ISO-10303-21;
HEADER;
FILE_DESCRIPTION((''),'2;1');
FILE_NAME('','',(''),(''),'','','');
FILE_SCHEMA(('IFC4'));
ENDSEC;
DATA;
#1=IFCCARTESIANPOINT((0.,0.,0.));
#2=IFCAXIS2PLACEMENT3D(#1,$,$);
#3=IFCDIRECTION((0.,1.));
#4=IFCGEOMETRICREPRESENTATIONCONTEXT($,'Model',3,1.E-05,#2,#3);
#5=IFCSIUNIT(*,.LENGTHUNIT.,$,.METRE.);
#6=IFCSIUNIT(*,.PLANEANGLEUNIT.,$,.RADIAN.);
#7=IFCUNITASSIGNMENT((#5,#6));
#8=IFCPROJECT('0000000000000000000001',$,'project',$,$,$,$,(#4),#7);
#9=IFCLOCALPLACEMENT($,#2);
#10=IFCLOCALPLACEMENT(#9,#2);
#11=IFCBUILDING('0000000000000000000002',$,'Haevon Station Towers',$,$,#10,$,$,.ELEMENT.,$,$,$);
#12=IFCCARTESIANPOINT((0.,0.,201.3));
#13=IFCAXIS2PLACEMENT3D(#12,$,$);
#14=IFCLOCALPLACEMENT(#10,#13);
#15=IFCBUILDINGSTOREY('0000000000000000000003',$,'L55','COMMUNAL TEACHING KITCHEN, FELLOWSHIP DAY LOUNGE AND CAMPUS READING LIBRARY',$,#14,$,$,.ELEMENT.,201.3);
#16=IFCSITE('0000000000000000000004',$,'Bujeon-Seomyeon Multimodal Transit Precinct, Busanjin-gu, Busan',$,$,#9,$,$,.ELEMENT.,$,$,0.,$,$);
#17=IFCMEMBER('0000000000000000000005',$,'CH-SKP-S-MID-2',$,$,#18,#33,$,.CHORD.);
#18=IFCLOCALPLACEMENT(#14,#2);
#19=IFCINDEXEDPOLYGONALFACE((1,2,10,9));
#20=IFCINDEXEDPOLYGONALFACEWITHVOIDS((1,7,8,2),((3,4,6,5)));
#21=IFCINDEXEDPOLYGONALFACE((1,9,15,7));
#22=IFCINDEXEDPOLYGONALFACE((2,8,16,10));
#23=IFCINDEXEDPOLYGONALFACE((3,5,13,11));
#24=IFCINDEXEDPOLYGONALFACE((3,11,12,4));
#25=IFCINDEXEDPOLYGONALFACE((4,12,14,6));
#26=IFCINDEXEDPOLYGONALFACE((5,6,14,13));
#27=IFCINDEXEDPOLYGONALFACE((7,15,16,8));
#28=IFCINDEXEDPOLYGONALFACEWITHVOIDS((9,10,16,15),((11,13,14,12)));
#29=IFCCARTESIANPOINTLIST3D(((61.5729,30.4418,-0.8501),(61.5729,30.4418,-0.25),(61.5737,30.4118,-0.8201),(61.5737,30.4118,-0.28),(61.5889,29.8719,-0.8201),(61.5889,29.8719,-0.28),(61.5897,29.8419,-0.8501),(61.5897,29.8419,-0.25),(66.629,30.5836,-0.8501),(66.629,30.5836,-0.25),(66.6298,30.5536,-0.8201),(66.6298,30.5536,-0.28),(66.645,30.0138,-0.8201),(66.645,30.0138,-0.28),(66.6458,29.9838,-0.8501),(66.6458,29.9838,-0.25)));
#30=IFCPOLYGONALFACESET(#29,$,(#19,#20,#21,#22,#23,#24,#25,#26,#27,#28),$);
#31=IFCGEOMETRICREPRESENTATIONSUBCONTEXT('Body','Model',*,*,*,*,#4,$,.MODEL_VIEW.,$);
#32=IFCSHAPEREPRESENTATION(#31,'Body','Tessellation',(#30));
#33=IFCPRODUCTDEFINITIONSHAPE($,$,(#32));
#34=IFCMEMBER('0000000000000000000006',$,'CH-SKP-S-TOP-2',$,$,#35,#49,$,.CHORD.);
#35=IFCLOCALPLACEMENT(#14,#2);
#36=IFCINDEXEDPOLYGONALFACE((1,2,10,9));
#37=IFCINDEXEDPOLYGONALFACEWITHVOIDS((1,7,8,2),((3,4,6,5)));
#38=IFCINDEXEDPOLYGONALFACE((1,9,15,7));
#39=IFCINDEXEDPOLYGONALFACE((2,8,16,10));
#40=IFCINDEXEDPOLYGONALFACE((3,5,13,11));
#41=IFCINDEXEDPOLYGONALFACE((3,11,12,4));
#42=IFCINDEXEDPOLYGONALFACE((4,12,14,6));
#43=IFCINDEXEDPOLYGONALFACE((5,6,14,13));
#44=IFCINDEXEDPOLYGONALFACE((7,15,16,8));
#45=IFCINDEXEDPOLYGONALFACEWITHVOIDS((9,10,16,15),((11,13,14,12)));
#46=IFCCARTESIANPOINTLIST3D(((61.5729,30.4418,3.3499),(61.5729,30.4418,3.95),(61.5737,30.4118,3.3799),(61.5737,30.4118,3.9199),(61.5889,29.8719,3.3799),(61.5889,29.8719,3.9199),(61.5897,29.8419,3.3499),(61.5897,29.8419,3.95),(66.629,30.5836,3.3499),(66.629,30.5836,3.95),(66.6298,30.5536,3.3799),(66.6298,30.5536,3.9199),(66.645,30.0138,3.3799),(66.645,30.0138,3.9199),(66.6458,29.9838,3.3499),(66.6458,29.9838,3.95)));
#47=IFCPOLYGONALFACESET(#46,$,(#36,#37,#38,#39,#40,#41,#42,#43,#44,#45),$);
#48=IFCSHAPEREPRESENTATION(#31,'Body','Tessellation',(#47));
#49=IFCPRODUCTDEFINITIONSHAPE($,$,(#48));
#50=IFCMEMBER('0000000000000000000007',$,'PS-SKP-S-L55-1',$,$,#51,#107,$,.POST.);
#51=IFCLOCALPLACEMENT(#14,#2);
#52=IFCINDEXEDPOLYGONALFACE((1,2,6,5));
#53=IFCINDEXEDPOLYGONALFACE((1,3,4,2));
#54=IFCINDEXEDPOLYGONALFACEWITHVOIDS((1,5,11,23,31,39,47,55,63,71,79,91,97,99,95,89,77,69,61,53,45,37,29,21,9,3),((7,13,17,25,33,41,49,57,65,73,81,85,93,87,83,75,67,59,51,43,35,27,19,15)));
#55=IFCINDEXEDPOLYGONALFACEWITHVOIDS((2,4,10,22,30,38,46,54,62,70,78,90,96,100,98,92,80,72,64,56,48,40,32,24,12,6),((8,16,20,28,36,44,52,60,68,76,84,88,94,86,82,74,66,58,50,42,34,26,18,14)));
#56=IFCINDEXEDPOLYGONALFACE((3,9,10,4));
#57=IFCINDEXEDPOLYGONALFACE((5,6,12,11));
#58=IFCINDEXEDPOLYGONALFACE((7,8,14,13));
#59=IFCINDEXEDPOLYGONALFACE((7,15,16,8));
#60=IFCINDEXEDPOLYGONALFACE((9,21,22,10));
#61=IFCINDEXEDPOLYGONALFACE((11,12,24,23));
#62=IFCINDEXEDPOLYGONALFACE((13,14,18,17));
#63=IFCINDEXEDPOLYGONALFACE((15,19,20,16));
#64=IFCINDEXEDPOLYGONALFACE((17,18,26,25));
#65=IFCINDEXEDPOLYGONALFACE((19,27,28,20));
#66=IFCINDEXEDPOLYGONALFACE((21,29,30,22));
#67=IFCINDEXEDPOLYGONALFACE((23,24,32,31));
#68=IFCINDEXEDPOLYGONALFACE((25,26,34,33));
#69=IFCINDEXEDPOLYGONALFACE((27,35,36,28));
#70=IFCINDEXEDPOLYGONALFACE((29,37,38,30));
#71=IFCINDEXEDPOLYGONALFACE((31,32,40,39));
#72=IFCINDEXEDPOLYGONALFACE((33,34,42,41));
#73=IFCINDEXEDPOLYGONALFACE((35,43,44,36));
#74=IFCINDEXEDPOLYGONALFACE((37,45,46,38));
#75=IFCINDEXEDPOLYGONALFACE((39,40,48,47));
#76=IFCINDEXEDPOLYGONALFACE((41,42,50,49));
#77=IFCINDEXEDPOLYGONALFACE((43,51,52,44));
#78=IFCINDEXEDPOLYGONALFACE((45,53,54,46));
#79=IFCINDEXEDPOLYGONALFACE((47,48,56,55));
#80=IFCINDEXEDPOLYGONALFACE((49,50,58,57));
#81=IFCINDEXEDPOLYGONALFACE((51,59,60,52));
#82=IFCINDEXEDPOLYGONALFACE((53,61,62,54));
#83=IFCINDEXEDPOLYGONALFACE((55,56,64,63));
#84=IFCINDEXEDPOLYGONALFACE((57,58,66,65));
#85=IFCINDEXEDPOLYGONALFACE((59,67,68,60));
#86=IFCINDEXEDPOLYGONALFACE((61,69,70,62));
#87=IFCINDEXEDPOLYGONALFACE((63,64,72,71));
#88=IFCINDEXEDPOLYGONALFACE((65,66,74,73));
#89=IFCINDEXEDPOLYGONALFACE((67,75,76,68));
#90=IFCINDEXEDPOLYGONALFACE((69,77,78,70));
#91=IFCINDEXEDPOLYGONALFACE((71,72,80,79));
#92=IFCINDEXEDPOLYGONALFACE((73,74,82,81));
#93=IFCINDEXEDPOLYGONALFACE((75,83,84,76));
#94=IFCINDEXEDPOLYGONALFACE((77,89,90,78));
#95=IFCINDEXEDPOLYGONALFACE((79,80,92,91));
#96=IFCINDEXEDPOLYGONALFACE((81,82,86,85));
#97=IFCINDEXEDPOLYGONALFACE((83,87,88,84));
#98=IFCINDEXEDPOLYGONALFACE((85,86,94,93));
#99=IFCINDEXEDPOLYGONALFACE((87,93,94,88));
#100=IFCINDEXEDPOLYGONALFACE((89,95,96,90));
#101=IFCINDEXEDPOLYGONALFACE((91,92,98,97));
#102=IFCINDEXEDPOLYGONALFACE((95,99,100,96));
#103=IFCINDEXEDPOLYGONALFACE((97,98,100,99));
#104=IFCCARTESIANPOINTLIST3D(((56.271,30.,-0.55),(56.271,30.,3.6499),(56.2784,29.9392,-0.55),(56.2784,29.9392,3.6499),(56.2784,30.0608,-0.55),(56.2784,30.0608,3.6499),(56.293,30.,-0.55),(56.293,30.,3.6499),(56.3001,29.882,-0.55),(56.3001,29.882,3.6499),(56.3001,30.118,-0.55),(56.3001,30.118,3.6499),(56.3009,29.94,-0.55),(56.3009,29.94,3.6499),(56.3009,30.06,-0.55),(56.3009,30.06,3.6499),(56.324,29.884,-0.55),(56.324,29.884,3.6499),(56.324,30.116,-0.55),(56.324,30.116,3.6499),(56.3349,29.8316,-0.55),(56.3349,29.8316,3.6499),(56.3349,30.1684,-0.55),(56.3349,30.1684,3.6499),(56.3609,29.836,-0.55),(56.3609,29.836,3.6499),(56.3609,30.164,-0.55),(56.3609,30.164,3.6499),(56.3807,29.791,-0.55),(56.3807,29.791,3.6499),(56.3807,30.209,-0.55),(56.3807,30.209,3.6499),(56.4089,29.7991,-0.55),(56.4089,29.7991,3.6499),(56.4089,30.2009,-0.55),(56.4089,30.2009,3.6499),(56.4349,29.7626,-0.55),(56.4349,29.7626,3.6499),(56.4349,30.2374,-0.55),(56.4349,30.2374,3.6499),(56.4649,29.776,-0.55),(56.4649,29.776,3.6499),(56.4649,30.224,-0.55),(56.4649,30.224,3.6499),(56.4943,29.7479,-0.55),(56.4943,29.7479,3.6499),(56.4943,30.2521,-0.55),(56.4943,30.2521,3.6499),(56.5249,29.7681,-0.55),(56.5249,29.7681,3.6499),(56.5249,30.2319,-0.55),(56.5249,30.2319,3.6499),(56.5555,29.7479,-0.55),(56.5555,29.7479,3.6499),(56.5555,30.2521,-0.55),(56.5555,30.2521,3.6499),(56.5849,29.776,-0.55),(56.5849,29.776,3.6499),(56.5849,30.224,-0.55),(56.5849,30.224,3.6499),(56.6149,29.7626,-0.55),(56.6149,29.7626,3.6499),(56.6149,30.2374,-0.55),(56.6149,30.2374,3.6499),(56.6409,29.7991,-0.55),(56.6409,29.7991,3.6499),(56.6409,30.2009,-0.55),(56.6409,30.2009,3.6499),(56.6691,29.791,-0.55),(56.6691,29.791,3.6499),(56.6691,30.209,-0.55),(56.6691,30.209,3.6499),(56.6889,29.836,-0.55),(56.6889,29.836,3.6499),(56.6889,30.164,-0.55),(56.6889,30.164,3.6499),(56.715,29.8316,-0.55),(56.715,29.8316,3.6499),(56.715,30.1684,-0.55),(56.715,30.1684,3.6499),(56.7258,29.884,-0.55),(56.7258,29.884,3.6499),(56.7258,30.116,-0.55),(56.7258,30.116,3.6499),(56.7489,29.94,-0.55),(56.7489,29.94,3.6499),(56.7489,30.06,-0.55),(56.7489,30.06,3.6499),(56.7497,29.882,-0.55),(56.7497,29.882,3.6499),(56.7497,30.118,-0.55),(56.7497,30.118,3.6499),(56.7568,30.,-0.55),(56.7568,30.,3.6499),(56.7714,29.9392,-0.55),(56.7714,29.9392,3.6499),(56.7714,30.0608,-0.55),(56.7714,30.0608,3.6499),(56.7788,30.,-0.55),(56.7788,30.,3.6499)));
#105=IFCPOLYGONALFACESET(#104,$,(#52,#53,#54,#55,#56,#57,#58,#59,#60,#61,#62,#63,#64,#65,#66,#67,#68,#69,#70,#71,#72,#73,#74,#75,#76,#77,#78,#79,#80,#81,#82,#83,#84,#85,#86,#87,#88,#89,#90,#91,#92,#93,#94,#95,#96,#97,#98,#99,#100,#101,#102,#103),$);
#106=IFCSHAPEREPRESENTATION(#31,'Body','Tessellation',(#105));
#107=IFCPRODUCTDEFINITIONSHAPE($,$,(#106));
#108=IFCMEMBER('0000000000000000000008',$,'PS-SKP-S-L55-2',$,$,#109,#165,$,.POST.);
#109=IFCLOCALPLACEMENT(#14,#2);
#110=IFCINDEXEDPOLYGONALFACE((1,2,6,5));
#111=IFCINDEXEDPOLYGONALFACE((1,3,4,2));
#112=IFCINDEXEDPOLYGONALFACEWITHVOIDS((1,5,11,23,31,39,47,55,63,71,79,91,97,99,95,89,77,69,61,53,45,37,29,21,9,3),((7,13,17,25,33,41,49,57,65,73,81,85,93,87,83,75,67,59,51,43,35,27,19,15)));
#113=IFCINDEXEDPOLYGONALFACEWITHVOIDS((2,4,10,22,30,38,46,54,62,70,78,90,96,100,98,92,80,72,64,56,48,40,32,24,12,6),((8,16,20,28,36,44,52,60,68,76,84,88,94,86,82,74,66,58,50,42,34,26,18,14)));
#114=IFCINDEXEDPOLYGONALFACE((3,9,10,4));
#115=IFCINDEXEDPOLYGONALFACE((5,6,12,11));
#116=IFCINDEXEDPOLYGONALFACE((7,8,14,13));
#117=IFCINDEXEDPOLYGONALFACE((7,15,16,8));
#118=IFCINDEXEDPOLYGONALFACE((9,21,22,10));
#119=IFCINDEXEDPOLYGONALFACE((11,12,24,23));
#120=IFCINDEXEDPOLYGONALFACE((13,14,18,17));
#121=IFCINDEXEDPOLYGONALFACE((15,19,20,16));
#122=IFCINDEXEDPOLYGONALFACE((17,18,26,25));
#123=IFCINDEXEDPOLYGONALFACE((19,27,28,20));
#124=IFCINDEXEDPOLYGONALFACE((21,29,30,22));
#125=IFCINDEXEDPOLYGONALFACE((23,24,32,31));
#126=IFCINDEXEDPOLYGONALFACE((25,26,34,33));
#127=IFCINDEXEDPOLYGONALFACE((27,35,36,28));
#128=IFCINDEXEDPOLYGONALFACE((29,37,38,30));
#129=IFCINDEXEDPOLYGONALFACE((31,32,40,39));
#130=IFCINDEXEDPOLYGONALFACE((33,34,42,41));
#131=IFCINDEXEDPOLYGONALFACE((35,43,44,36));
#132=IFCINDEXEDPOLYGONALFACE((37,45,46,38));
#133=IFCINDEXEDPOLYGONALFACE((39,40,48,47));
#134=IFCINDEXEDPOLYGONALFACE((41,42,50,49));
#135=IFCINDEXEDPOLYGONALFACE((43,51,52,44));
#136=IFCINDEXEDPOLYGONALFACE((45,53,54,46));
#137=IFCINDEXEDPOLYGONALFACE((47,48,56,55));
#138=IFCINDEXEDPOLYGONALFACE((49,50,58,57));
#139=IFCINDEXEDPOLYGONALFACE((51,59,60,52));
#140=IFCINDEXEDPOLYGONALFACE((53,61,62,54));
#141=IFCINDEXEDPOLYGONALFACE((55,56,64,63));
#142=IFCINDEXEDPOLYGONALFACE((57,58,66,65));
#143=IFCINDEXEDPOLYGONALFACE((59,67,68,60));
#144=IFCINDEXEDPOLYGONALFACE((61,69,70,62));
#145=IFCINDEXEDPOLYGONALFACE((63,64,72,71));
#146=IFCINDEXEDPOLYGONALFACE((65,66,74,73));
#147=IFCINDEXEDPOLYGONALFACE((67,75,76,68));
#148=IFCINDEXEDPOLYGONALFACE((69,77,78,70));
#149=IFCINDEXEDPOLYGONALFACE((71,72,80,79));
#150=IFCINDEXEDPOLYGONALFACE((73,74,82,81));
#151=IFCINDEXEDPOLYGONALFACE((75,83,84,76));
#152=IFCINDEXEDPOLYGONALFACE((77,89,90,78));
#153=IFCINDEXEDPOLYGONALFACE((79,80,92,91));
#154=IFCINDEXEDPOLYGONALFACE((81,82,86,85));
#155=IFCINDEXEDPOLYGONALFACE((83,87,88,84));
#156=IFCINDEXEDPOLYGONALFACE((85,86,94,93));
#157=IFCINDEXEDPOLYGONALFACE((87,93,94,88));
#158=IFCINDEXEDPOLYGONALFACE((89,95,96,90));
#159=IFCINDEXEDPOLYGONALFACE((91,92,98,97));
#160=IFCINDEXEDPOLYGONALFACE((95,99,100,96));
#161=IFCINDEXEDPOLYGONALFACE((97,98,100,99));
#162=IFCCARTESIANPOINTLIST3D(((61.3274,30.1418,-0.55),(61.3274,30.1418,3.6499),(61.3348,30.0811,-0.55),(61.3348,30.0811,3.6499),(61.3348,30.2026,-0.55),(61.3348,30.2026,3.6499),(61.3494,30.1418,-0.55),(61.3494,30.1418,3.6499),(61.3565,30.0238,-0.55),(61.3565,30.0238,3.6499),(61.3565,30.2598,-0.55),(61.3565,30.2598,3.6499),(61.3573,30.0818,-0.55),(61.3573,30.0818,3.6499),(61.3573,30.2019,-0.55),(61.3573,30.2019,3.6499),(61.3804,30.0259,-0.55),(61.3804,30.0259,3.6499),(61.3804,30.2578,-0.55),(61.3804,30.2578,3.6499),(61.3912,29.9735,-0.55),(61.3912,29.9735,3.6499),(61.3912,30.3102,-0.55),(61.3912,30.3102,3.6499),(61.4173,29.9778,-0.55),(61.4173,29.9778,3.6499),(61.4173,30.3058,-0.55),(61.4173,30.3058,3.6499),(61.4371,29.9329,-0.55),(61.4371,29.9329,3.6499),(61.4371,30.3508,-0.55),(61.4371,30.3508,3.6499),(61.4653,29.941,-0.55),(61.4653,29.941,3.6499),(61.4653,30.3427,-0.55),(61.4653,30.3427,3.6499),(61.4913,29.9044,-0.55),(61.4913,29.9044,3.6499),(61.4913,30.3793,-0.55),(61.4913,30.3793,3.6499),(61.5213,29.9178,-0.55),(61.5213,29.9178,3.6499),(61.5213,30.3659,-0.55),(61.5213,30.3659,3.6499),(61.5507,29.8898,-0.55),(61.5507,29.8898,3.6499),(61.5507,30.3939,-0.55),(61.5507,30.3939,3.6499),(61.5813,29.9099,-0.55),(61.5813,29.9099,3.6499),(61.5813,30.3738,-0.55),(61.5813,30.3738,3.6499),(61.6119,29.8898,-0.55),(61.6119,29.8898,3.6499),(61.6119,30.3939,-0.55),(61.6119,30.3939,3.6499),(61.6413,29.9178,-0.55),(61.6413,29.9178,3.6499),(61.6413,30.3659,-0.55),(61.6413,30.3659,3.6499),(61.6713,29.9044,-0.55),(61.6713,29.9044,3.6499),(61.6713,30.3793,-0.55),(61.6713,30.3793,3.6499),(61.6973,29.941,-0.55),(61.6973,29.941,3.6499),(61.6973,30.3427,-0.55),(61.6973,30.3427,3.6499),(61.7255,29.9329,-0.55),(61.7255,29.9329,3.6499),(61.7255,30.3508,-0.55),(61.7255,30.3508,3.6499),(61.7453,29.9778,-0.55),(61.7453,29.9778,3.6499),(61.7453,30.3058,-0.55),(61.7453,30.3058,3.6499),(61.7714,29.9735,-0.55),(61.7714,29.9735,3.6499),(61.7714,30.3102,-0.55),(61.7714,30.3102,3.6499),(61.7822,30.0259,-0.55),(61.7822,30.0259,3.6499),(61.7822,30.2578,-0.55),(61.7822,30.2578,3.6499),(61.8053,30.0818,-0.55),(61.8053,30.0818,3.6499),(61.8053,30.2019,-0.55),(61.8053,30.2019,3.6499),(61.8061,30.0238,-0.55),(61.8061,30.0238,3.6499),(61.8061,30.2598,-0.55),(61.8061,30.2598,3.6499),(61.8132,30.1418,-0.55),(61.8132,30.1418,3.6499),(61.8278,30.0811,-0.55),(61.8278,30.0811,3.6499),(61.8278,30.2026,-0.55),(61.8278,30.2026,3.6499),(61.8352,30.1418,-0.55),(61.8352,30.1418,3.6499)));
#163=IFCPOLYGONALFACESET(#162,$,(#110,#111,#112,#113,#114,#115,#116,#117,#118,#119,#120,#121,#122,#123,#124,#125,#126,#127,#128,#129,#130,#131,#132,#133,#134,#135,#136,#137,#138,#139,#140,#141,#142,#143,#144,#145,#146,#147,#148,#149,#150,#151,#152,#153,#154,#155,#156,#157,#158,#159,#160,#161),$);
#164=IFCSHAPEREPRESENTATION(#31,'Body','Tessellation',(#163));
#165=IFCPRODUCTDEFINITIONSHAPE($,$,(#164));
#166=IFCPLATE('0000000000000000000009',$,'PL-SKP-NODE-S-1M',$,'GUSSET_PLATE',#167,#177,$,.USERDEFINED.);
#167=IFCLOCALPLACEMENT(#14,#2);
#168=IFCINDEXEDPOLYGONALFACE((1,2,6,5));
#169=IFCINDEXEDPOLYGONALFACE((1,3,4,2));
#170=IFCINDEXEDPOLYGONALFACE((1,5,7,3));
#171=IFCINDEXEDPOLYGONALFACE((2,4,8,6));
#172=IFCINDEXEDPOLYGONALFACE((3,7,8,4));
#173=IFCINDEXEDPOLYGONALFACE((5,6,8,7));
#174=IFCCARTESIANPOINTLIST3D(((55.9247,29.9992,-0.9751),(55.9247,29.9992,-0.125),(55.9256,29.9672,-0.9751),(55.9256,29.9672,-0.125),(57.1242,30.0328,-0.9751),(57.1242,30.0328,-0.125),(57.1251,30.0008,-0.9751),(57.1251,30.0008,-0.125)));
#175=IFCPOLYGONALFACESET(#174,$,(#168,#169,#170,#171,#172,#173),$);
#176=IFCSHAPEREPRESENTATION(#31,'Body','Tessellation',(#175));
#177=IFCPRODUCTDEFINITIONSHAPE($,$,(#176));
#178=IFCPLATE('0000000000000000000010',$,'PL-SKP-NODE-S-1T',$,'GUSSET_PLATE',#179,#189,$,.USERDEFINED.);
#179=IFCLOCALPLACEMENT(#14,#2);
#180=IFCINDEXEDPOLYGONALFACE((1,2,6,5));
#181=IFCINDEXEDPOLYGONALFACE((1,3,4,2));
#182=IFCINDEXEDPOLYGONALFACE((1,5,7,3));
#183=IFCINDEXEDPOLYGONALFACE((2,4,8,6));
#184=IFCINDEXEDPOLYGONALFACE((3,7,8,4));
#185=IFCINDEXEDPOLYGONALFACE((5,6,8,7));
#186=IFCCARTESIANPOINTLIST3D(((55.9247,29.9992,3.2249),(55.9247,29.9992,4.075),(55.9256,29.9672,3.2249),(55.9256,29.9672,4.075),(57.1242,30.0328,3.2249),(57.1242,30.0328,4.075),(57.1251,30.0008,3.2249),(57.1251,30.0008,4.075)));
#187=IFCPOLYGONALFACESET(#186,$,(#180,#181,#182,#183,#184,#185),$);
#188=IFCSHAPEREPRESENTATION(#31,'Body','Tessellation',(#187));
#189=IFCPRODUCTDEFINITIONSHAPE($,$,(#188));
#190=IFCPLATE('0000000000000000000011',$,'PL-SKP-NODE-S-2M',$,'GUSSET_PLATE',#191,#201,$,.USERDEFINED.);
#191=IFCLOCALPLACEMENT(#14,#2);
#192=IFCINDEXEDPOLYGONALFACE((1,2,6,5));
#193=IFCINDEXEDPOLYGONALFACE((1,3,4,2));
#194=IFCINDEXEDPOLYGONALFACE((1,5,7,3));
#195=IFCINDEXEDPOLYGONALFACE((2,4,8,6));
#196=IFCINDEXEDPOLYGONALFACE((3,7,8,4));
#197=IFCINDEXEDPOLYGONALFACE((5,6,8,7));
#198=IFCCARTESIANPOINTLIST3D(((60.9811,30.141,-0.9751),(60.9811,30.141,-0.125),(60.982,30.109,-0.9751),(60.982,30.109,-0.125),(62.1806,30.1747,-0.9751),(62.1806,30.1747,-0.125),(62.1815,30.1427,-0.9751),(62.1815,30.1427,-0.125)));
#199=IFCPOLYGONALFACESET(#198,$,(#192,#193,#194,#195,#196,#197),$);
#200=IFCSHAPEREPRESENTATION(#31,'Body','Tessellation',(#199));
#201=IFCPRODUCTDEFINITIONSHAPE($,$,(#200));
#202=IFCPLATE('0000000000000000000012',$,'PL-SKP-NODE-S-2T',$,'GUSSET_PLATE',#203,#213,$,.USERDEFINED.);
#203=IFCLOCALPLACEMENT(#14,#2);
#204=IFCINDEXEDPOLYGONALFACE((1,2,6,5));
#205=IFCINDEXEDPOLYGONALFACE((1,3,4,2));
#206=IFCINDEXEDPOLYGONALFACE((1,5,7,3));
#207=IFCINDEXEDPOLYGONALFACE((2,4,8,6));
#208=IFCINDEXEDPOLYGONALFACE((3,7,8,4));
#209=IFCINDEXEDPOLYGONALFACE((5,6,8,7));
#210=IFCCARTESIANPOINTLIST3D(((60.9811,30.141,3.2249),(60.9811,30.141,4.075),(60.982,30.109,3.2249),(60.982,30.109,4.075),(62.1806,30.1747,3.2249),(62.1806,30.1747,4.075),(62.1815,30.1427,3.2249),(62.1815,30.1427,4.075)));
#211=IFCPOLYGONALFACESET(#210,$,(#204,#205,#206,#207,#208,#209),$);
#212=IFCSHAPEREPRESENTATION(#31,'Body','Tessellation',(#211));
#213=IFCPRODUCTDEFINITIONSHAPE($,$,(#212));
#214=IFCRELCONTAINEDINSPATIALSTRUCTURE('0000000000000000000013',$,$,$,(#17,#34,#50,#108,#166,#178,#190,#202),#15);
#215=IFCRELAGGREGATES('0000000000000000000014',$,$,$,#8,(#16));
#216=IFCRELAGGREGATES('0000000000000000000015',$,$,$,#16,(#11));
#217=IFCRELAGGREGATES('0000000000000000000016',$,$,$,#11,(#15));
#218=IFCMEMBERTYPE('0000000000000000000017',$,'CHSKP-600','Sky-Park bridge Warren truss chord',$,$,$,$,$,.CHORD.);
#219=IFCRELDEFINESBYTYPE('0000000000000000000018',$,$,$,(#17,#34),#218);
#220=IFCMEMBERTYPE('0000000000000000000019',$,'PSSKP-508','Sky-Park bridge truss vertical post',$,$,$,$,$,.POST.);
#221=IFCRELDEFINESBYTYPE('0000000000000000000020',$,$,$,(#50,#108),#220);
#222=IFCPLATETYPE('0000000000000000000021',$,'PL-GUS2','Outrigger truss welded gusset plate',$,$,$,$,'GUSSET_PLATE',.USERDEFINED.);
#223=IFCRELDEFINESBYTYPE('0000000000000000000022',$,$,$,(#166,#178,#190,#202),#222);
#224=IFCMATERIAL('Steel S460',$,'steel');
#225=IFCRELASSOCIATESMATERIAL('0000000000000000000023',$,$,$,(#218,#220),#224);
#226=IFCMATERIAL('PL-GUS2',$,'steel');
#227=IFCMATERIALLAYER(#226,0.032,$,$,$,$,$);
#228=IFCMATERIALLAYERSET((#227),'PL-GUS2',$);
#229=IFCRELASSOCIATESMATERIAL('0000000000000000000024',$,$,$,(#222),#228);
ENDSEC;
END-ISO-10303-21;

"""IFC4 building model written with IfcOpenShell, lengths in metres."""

from ifc_helpers import new_model, si_unit, direction, frame, origin, origin_2d, place, context, subcontext, project, spatial, rectangle, hollow_rectangle, hollow_circle, extrude, material, layer, layer_set, material_profile, profile_set, type_object, element, save


model = new_model("IFC4")

# Units and contexts
model_context = context("Model", 3, precision=1e-05, world=origin(), true_north=direction((0.0, 1.0)))
body_context = subcontext(model_context, "Body", "Model", "MODEL_VIEW")
ifc_project = project(units=[si_unit("LENGTHUNIT", "METRE"), si_unit("PLANEANGLEUNIT", "RADIAN")], contexts=[model_context])

# Site, building, storey
site_placement = place(None, origin())
site = spatial("IfcSite", under=ifc_project, at=site_placement, Name="Bujeon-Seomyeon Multimodal Transit Precinct, Busanjin-gu, Busan", CompositionType="ELEMENT", RefElevation=0.0)
building_placement = place(site_placement, origin())
building = spatial("IfcBuilding", under=site, at=building_placement, Name="Haevon Station Towers", CompositionType="ELEMENT")
storey_placement = place(building_placement, frame((0.0, 0.0, 201.3)))
storey = spatial("IfcBuildingStorey", under=building, at=storey_placement, Name="L55", Description="COMMUNAL TEACHING KITCHEN, FELLOWSHIP DAY LOUNGE AND CAMPUS READING LIBRARY", CompositionType="ELEMENT", Elevation=201.3)

# Members
ifc_material_1 = material(Name="Steel S460", Category="steel")
ifc_material_profile_1 = material_profile(ifc_material_1, hollow_rectangle(XDim=0.6001, YDim=0.6001, WallThickness=0.03, at=origin_2d()), Name="RHS-600x600x30")
ifc_profile_set_1 = profile_set([ifc_material_profile_1], Name="Steel S460")
member_type_1 = type_object("IfcMemberType", Name="CHSKP-600", Description="Sky-Park bridge Warren truss chord", PredefinedType="CHORD", material=ifc_profile_set_1)
for number, where, z_axis, x_axis, name in (
    (1, (61.5813, 30.1418, -0.55), (0.999607, 0.028043, 0.0), (-0.028043, 0.999607, 0.0), "CH-SKP-S-MID-2"),
    (2, (61.5813, 30.1418, 3.6499), (0.999607, 0.028043, 0.0), (-0.028043, 0.999607, 0.0), "CH-SKP-S-TOP-2"),
):
    element("IfcMember", number, at=place(storey_placement, frame(where, z_axis=z_axis, x_axis=x_axis)), inside=storey, type_object=member_type_1, Name=name, PredefinedType="CHORD", context=body_context, shape_type="SweptSolid", body=[
        extrude(hollow_rectangle(XDim=0.6001, YDim=0.6001, WallThickness=0.03, at=origin_2d()), origin(), (0.0, 0.0, 1.0), 5.0581),
    ])
ifc_material_profile_2 = material_profile(ifc_material_1, hollow_circle(Radius=0.2539, WallThickness=0.022, at=origin_2d()), Name="CHS-508x22")
ifc_profile_set_2 = profile_set([ifc_material_profile_2], Name="Steel S460")
member_type_2 = type_object("IfcMemberType", Name="PSSKP-508", Description="Sky-Park bridge truss vertical post", PredefinedType="POST", material=ifc_profile_set_2)
for number, where, z_axis, x_axis, name in (
    (3, (56.5249, 30.0, -0.55), (0.0, 0.0, 1.0), (1.0, 0.0, 0.0), "PS-SKP-S-L55-1"),
    (4, (61.5813, 30.1418, -0.55), (0.0, 0.0, 1.0), (1.0, 0.0, 0.0), "PS-SKP-S-L55-2"),
):
    element("IfcMember", number, at=place(storey_placement, frame(where, z_axis=z_axis, x_axis=x_axis)), inside=storey, type_object=member_type_2, Name=name, PredefinedType="POST", context=body_context, shape_type="SweptSolid", body=[
        extrude(hollow_circle(Radius=0.2539, WallThickness=0.022, at=origin_2d()), origin(), (0.0, 0.0, 1.0), 4.2),
    ])

# Plates
ifc_material_2 = material(Name="PL-GUS2", Category="steel")
ifc_layer = layer(ifc_material_2, 0.032)
ifc_layer_set = layer_set([ifc_layer], Name="PL-GUS2")
plate_type = type_object("IfcPlateType", Name="PL-GUS2", Description="Outrigger truss welded gusset plate", ElementType="GUSSET_PLATE", PredefinedType="USERDEFINED", material=ifc_layer_set)
for number, where, z_axis, x_axis, name in (
    (5, (56.5249, 30.0, -0.9751), (0.0, 0.0, 1.0), (0.999607, 0.028049, 0.0), "PL-SKP-NODE-S-1M"),
    (6, (56.5249, 30.0, 3.2249), (0.0, 0.0, 1.0), (0.999607, 0.028049, 0.0), "PL-SKP-NODE-S-1T"),
    (7, (61.5813, 30.1418, -0.9751), (0.0, 0.0, 1.0), (0.999607, 0.028049, 0.0), "PL-SKP-NODE-S-2M"),
    (8, (61.5813, 30.1418, 3.2249), (0.0, 0.0, 1.0), (0.999607, 0.028049, 0.0), "PL-SKP-NODE-S-2T"),
):
    element("IfcPlate", number, at=place(storey_placement, frame(where, z_axis=z_axis, x_axis=x_axis)), inside=storey, type_object=plate_type, Name=name, ObjectType="GUSSET_PLATE", PredefinedType="USERDEFINED", context=body_context, shape_type="SweptSolid", body=[
        extrude(rectangle(XDim=1.2, YDim=0.032, at=origin_2d()), origin(), (0.0, 0.0, 1.0), 0.8501),
    ])

save(model, "model.ifc")
